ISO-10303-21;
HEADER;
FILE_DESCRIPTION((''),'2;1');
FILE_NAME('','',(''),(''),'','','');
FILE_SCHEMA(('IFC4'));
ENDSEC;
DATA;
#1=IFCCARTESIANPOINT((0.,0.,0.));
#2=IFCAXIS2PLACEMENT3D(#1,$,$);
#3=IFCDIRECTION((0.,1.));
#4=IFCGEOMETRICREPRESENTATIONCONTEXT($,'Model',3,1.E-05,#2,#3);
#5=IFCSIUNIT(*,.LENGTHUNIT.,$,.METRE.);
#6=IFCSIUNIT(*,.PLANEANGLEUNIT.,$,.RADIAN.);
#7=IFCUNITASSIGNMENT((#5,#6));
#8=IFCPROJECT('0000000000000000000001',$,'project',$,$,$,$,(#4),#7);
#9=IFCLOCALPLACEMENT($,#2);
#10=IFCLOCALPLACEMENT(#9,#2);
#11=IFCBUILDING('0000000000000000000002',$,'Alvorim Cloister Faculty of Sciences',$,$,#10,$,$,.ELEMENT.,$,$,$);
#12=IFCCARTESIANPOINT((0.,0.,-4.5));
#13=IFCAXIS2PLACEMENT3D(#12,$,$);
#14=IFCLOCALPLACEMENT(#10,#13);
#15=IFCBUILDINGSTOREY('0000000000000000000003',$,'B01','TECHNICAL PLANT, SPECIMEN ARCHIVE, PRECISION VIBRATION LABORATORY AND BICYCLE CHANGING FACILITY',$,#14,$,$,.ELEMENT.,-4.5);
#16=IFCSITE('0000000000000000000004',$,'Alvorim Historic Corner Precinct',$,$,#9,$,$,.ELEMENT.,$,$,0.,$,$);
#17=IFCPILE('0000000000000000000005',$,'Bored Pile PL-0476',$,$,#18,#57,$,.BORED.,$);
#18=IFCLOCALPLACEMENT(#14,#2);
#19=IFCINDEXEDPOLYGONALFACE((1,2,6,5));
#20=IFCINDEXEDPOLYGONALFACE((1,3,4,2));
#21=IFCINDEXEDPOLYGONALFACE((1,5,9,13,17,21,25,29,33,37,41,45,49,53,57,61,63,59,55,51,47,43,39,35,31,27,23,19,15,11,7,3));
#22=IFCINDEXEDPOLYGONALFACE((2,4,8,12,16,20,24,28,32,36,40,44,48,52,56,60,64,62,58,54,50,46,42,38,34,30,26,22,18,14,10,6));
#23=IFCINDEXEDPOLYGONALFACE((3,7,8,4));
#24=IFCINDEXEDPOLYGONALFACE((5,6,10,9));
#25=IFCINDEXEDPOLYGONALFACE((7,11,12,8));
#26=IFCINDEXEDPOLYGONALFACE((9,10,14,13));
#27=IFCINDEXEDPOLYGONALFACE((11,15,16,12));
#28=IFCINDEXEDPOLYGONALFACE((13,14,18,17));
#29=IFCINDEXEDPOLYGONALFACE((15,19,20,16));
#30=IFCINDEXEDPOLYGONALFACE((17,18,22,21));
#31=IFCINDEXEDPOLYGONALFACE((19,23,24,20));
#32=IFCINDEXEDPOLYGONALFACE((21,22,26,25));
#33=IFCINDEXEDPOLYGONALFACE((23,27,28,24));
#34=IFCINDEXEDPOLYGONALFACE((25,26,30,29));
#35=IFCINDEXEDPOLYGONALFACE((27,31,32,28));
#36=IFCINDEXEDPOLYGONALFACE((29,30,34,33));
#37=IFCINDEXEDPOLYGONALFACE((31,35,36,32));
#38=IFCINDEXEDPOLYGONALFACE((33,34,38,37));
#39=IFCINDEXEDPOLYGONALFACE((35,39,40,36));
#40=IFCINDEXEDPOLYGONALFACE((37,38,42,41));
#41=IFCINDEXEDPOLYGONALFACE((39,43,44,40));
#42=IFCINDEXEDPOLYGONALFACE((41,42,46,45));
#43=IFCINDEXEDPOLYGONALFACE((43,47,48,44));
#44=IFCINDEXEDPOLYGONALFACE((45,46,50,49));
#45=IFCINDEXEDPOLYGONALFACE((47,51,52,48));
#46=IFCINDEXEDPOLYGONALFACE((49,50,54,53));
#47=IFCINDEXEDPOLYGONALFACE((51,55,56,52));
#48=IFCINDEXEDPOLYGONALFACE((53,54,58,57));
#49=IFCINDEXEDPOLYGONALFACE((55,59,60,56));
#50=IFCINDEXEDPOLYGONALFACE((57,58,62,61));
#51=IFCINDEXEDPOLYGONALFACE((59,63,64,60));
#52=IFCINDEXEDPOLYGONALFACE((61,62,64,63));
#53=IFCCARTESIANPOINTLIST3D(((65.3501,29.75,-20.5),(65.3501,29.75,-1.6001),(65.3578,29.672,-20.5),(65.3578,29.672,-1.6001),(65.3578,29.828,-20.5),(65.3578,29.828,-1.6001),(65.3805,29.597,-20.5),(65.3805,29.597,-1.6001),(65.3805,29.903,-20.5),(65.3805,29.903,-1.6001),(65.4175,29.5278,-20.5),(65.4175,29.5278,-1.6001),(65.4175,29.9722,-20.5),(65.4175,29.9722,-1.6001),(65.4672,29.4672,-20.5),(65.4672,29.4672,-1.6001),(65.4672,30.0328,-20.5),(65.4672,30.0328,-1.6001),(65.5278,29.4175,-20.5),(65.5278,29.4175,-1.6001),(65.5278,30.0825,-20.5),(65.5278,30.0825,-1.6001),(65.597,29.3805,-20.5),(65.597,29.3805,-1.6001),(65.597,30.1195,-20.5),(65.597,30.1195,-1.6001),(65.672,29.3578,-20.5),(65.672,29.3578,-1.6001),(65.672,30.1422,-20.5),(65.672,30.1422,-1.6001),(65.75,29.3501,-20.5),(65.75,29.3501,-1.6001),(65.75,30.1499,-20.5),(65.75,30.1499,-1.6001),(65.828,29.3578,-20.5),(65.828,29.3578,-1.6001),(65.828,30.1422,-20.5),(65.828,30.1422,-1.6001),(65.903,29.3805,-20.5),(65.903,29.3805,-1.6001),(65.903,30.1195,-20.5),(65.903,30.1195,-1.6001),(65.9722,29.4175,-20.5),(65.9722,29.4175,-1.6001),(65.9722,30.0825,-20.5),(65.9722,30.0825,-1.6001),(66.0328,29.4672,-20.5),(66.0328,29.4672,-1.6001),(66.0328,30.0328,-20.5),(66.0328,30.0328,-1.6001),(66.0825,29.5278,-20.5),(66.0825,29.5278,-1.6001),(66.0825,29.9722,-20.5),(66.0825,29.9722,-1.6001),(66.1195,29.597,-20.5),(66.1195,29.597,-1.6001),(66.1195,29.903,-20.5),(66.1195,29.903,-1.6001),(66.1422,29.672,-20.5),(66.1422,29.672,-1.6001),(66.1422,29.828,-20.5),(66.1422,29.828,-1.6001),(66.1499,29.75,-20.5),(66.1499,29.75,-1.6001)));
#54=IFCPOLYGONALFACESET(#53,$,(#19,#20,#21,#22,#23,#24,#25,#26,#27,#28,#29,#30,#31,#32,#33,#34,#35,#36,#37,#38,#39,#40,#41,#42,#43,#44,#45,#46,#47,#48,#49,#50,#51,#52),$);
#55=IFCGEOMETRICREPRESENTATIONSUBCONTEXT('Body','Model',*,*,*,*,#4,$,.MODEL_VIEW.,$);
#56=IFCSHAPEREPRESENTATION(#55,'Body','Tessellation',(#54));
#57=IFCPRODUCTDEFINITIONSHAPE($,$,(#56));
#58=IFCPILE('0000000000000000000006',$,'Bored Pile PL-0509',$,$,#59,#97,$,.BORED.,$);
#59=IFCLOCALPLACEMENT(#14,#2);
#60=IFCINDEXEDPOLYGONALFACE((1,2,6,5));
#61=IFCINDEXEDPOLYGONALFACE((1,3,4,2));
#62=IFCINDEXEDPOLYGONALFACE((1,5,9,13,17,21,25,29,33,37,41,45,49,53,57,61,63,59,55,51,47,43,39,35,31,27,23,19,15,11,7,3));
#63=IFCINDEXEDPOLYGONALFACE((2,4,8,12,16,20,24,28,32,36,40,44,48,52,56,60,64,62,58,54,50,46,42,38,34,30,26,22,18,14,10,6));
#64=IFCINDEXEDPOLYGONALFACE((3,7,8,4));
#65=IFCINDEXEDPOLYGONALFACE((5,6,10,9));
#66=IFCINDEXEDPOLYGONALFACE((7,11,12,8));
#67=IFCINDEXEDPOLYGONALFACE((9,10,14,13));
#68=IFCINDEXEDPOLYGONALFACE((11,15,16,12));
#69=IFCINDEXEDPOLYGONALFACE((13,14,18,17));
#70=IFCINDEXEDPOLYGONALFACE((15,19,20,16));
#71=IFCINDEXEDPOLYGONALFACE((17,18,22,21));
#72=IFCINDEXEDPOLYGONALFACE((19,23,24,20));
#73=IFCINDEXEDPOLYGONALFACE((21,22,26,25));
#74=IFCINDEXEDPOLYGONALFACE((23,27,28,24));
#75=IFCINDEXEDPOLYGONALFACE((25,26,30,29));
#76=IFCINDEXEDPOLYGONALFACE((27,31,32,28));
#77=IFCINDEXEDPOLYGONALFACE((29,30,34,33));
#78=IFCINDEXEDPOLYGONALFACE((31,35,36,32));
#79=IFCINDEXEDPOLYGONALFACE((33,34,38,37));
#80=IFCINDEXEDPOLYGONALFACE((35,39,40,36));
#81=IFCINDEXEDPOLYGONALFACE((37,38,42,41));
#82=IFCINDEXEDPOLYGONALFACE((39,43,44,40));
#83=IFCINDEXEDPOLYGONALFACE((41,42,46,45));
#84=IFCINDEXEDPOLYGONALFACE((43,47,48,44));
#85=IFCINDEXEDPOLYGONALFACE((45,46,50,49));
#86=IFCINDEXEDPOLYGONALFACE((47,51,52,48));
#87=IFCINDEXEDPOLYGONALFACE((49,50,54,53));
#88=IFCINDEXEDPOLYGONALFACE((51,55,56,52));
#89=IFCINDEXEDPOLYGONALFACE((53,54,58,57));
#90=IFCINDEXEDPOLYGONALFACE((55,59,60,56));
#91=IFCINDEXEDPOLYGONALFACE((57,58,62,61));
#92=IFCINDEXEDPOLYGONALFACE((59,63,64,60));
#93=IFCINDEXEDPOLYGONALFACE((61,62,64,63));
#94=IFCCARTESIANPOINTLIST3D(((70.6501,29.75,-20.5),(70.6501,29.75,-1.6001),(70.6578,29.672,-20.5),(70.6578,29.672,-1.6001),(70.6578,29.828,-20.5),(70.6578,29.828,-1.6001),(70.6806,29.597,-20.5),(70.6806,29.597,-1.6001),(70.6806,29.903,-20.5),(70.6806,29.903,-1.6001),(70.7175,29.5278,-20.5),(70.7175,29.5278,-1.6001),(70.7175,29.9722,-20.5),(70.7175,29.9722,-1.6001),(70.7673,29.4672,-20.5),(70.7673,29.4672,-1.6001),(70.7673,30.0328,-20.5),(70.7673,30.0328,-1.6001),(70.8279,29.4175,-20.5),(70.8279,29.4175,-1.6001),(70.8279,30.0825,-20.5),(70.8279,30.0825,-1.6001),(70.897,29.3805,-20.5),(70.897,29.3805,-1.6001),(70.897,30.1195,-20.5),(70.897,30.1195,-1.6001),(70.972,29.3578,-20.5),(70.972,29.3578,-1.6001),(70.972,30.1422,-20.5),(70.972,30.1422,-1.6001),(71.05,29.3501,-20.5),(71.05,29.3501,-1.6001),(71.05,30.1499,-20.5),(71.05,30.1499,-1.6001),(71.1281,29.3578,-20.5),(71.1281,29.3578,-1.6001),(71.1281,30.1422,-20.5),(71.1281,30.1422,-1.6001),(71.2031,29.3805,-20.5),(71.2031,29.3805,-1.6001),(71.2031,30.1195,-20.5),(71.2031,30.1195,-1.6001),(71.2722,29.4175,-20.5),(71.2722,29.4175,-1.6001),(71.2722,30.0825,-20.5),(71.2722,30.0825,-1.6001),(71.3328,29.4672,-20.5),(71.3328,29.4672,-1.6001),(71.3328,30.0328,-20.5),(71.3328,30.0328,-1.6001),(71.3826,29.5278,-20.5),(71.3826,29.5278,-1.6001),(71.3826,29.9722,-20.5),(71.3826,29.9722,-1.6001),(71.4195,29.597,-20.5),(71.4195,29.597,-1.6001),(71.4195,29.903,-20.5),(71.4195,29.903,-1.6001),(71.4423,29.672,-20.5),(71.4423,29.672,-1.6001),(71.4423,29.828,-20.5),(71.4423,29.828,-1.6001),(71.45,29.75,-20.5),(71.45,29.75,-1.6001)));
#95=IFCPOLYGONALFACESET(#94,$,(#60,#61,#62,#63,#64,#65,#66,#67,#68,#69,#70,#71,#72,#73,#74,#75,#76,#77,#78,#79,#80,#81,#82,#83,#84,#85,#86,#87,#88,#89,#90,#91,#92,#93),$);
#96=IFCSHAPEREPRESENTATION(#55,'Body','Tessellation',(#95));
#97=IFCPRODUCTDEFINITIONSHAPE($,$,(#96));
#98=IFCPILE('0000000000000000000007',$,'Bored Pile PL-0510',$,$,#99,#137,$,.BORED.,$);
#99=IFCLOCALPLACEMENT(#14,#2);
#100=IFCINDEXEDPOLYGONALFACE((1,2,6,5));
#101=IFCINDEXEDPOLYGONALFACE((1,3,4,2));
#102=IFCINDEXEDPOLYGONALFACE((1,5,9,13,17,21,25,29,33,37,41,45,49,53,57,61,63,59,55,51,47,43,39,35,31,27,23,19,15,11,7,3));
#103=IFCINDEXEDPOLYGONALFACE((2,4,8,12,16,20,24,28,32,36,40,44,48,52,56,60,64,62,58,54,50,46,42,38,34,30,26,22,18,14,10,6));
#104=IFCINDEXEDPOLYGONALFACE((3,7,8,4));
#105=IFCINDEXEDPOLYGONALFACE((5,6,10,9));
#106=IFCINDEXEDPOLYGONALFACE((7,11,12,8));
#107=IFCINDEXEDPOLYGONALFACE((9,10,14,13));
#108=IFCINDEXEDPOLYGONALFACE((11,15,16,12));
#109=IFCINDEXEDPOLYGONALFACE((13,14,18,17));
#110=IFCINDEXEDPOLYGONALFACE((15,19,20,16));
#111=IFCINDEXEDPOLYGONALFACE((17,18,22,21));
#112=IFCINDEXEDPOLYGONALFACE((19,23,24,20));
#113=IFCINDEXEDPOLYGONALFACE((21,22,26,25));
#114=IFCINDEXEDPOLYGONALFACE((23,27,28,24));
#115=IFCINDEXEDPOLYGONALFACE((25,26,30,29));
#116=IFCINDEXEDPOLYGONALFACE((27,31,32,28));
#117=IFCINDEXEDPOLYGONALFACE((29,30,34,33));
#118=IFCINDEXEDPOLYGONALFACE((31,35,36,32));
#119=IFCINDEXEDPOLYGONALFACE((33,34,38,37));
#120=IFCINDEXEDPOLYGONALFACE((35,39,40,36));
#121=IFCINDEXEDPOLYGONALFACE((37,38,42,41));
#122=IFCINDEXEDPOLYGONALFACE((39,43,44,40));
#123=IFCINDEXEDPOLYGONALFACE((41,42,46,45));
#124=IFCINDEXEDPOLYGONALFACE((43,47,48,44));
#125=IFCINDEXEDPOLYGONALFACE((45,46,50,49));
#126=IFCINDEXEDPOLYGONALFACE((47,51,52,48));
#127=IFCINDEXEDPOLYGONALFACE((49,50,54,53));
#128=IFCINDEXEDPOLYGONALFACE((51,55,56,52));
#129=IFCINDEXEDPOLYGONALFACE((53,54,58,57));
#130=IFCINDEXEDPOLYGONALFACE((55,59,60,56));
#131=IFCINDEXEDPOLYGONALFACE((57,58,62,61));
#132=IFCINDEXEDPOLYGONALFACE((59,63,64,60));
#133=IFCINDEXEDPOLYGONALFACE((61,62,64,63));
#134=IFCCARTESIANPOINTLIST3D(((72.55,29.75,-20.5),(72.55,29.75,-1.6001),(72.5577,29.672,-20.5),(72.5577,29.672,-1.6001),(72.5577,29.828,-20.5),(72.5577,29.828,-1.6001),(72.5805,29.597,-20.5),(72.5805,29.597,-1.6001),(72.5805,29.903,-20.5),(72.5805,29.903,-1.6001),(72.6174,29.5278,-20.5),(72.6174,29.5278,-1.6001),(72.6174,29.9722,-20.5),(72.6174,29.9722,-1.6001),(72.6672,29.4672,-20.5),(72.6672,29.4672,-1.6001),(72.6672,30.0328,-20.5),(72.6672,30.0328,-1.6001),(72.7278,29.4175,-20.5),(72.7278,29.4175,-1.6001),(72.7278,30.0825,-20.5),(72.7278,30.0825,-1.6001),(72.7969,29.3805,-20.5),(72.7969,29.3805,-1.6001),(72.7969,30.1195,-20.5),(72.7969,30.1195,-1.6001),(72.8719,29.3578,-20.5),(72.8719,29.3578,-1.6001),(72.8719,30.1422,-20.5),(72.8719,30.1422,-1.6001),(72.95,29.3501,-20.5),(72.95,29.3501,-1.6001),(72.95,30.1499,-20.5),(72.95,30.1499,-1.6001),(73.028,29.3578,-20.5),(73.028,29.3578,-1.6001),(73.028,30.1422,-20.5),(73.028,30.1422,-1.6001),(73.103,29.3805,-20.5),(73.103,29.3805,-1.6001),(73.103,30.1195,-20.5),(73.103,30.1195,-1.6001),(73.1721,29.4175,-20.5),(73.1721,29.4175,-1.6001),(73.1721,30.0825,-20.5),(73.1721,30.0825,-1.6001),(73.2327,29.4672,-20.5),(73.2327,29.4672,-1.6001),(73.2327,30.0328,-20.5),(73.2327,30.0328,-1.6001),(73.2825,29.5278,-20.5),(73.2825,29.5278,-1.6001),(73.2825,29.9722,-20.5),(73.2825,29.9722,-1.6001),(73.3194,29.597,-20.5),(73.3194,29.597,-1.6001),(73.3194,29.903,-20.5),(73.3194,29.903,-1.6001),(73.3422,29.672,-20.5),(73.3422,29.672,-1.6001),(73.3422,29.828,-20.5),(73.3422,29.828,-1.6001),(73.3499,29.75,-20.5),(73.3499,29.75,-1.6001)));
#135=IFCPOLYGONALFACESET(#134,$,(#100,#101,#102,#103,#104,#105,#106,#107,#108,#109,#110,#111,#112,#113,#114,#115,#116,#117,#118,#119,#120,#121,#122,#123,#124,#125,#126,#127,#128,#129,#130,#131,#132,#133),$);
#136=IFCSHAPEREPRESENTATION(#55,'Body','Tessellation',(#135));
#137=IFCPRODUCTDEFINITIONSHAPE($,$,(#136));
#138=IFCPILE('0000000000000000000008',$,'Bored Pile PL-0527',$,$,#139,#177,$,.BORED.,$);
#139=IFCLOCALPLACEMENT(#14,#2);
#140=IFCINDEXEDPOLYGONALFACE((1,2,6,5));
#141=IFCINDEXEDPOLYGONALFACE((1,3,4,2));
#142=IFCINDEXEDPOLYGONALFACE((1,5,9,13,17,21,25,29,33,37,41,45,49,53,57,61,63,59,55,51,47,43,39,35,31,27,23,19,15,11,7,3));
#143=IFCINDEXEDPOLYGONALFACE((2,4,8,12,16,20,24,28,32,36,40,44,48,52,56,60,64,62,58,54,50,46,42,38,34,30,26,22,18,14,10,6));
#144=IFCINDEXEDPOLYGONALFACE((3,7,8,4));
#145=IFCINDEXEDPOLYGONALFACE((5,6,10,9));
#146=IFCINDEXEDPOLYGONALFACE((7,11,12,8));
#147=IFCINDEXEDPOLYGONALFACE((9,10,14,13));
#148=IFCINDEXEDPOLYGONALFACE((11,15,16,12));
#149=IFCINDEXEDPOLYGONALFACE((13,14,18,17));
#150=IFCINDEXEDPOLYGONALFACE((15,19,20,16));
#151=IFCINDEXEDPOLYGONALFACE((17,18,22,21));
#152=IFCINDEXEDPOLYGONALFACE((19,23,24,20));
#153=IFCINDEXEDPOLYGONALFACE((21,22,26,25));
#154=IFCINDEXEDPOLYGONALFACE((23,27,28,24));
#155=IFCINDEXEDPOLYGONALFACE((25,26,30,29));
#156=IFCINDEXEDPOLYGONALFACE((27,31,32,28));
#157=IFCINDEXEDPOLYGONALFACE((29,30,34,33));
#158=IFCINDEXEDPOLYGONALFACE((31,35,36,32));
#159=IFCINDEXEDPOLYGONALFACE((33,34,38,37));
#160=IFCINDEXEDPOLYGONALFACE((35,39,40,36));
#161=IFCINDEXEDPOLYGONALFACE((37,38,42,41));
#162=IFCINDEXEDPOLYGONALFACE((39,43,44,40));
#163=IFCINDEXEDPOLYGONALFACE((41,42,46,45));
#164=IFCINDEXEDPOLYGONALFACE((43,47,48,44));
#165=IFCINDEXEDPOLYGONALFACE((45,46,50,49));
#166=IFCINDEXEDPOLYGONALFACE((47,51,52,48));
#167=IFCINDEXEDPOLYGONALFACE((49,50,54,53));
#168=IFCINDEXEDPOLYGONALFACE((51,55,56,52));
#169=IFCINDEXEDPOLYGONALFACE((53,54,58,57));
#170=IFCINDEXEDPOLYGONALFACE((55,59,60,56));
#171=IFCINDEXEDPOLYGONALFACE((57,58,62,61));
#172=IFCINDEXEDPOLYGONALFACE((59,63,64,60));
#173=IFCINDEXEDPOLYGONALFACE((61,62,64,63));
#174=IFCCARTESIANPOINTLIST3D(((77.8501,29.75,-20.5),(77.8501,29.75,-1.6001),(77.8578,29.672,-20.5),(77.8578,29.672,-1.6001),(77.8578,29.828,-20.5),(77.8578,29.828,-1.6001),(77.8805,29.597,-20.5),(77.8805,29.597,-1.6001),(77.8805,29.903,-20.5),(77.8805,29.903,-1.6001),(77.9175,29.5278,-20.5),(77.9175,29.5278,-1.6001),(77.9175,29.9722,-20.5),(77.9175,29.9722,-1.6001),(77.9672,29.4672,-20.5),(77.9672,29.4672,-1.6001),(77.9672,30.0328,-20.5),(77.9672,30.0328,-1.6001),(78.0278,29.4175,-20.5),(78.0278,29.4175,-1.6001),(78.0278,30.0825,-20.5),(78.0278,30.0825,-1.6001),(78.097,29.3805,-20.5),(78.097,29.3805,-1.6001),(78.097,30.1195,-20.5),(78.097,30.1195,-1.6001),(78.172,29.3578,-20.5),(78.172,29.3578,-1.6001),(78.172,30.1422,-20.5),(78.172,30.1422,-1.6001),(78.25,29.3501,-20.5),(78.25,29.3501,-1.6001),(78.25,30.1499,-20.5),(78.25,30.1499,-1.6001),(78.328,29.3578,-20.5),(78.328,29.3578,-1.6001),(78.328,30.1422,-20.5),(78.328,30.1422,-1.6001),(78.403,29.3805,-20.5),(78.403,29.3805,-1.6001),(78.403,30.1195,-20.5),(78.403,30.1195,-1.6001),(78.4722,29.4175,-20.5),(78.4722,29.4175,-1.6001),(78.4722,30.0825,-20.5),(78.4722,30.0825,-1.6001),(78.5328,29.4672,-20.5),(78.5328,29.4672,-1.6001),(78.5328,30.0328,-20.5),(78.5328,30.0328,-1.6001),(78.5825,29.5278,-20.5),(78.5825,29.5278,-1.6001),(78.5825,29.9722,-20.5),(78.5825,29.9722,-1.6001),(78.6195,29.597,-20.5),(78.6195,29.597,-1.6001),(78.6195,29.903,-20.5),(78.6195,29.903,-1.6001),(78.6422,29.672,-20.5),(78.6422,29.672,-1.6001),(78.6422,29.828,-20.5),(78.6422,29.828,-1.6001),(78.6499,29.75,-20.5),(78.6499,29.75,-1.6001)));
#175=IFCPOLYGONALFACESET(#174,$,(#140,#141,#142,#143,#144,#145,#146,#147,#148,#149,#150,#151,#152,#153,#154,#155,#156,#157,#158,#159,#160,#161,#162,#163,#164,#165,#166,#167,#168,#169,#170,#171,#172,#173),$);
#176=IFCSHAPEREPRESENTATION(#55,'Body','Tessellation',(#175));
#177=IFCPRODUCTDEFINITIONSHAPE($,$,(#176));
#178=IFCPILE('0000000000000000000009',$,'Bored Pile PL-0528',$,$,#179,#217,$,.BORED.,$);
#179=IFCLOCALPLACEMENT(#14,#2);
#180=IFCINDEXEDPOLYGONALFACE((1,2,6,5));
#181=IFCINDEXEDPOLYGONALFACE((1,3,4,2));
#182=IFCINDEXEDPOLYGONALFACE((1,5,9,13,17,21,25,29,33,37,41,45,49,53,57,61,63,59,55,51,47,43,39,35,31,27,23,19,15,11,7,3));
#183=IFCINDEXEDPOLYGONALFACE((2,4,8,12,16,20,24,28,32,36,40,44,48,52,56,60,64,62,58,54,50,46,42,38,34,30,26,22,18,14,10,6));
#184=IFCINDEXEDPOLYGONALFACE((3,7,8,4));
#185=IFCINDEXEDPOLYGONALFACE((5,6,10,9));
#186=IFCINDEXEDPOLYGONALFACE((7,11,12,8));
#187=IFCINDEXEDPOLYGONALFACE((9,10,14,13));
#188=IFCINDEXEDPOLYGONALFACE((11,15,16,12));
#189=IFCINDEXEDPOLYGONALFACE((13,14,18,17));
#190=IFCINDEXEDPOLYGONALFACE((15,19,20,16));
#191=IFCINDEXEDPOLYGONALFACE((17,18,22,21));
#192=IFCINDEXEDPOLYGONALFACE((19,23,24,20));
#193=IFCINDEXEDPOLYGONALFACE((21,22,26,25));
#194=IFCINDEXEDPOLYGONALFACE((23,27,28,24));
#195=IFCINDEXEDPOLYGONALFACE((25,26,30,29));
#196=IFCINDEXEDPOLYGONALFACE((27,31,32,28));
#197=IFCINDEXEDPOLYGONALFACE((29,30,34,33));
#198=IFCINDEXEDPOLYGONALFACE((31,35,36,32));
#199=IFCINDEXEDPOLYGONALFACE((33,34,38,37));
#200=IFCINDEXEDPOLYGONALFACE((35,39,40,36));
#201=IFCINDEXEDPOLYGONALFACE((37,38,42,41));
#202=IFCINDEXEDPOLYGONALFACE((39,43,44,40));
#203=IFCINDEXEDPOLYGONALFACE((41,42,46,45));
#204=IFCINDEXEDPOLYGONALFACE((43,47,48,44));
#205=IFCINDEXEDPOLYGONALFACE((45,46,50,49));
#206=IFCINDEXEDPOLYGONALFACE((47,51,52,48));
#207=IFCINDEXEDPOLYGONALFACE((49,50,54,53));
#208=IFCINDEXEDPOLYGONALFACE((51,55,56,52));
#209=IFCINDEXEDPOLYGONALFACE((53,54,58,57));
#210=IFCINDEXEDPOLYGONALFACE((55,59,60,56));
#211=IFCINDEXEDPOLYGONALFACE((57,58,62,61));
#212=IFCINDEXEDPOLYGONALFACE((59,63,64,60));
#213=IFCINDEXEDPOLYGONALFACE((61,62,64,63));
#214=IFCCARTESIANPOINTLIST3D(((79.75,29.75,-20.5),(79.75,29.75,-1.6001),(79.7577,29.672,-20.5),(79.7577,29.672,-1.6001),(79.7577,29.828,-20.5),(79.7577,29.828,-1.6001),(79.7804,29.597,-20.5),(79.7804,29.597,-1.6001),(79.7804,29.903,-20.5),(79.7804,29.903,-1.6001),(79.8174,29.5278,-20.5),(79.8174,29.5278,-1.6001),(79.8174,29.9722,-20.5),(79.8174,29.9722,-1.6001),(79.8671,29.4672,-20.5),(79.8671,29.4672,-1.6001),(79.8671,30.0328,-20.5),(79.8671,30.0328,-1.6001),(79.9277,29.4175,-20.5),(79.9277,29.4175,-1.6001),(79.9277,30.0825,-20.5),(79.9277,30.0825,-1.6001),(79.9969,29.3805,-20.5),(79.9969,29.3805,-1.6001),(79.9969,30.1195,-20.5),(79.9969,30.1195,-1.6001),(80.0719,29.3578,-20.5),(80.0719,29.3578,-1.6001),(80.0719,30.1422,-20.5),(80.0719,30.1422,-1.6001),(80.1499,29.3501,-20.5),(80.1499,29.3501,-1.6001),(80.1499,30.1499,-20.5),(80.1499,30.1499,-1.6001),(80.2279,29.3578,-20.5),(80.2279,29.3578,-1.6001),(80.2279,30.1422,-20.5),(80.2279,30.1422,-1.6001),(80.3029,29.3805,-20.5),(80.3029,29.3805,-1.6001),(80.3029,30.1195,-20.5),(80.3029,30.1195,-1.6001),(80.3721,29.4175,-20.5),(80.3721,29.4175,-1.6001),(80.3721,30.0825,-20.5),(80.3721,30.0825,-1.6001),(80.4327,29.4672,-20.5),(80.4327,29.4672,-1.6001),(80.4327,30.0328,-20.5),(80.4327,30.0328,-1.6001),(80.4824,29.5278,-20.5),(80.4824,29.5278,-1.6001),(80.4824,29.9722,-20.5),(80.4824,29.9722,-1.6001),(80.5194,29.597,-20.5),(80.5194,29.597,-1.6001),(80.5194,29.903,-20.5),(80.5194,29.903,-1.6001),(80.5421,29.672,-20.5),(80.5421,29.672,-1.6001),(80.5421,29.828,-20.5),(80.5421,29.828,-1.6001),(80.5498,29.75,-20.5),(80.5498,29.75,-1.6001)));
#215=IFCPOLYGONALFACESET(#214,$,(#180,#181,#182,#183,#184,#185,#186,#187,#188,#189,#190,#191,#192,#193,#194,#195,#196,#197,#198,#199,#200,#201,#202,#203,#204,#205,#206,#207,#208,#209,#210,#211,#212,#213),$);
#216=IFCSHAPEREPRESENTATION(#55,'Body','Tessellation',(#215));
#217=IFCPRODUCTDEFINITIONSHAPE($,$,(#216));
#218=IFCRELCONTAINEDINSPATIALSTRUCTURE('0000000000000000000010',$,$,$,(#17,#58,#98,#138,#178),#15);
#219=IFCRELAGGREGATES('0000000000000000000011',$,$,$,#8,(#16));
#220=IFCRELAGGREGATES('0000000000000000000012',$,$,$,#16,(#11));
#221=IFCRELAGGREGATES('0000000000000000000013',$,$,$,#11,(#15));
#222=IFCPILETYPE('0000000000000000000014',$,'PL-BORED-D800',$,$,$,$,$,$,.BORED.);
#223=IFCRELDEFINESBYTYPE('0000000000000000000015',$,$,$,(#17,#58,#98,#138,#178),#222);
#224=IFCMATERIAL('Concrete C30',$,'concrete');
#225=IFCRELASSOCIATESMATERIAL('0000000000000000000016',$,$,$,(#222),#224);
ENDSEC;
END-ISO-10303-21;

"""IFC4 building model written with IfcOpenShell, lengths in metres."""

from ifc_helpers import new_model, si_unit, direction, frame, origin, origin_2d, place, context, subcontext, project, spatial, circle, extrude, material, material_profile, profile_set, type_object, element, save


model = new_model("IFC4")

# Units and contexts
model_context = context("Model", 3, precision=1e-05, world=origin(), true_north=direction((0.0, 1.0)))
body_context = subcontext(model_context, "Body", "Model", "MODEL_VIEW")
ifc_project = project(units=[si_unit("LENGTHUNIT", "METRE"), si_unit("PLANEANGLEUNIT", "RADIAN")], contexts=[model_context])

# Site, building, storey
site_placement = place(None, origin())
site = spatial("IfcSite", under=ifc_project, at=site_placement, Name="Alvorim Historic Corner Precinct", CompositionType="ELEMENT", RefElevation=0.0)
building_placement = place(site_placement, origin())
building = spatial("IfcBuilding", under=site, at=building_placement, Name="Alvorim Cloister Faculty of Sciences", CompositionType="ELEMENT")
storey_placement = place(building_placement, frame((0.0, 0.0, -4.5)))
storey = spatial("IfcBuildingStorey", under=building, at=storey_placement, Name="B01", Description="TECHNICAL PLANT, SPECIMEN ARCHIVE, PRECISION VIBRATION LABORATORY AND BICYCLE CHANGING FACILITY", CompositionType="ELEMENT", Elevation=-4.5)

# Piles
ifc_material_1 = material(Name="Concrete C30", Category="concrete")
ifc_material_profile_1 = material_profile(ifc_material_1, circle(Radius=0.3999, at=origin_2d()), Name="PILE-D800")
ifc_profile_set_1 = profile_set([ifc_material_profile_1], Name="Concrete C30")
pile_type_1 = type_object("IfcPileType", Name="PL-BORED-D800", PredefinedType="BORED", material=ifc_profile_set_1)
for number, where, z_axis, x_axis, name in (
    (1, (65.75, 29.75, -1.6001), (0.0, 0.0, -1.0), (1.0, 0.0, 0.0), "Bored Pile PL-0476"),
    (2, (71.05, 29.75, -1.6001), (0.0, 0.0, -1.0), (1.0, 0.0, 0.0), "Bored Pile PL-0509"),
    (3, (72.95, 29.75, -1.6001), (0.0, 0.0, -1.0), (1.0, 0.0, 0.0), "Bored Pile PL-0510"),
    (4, (78.25, 29.75, -1.6001), (0.0, 0.0, -1.0), (1.0, 0.0, 0.0), "Bored Pile PL-0527"),
    (5, (80.1499, 29.75, -1.6001), (0.0, 0.0, -1.0), (1.0, 0.0, 0.0), "Bored Pile PL-0528"),
):
    element("IfcPile", number, at=place(storey_placement, frame(where, z_axis=z_axis, x_axis=x_axis)), inside=storey, type_object=pile_type_1, Name=name, PredefinedType="BORED", context=body_context, shape_type="SweptSolid", body=[
        extrude(circle(Radius=0.3999, at=origin_2d()), origin(), (0.0, 0.0, 1.0), 18.8999),
    ])

save(model, "model.ifc")
